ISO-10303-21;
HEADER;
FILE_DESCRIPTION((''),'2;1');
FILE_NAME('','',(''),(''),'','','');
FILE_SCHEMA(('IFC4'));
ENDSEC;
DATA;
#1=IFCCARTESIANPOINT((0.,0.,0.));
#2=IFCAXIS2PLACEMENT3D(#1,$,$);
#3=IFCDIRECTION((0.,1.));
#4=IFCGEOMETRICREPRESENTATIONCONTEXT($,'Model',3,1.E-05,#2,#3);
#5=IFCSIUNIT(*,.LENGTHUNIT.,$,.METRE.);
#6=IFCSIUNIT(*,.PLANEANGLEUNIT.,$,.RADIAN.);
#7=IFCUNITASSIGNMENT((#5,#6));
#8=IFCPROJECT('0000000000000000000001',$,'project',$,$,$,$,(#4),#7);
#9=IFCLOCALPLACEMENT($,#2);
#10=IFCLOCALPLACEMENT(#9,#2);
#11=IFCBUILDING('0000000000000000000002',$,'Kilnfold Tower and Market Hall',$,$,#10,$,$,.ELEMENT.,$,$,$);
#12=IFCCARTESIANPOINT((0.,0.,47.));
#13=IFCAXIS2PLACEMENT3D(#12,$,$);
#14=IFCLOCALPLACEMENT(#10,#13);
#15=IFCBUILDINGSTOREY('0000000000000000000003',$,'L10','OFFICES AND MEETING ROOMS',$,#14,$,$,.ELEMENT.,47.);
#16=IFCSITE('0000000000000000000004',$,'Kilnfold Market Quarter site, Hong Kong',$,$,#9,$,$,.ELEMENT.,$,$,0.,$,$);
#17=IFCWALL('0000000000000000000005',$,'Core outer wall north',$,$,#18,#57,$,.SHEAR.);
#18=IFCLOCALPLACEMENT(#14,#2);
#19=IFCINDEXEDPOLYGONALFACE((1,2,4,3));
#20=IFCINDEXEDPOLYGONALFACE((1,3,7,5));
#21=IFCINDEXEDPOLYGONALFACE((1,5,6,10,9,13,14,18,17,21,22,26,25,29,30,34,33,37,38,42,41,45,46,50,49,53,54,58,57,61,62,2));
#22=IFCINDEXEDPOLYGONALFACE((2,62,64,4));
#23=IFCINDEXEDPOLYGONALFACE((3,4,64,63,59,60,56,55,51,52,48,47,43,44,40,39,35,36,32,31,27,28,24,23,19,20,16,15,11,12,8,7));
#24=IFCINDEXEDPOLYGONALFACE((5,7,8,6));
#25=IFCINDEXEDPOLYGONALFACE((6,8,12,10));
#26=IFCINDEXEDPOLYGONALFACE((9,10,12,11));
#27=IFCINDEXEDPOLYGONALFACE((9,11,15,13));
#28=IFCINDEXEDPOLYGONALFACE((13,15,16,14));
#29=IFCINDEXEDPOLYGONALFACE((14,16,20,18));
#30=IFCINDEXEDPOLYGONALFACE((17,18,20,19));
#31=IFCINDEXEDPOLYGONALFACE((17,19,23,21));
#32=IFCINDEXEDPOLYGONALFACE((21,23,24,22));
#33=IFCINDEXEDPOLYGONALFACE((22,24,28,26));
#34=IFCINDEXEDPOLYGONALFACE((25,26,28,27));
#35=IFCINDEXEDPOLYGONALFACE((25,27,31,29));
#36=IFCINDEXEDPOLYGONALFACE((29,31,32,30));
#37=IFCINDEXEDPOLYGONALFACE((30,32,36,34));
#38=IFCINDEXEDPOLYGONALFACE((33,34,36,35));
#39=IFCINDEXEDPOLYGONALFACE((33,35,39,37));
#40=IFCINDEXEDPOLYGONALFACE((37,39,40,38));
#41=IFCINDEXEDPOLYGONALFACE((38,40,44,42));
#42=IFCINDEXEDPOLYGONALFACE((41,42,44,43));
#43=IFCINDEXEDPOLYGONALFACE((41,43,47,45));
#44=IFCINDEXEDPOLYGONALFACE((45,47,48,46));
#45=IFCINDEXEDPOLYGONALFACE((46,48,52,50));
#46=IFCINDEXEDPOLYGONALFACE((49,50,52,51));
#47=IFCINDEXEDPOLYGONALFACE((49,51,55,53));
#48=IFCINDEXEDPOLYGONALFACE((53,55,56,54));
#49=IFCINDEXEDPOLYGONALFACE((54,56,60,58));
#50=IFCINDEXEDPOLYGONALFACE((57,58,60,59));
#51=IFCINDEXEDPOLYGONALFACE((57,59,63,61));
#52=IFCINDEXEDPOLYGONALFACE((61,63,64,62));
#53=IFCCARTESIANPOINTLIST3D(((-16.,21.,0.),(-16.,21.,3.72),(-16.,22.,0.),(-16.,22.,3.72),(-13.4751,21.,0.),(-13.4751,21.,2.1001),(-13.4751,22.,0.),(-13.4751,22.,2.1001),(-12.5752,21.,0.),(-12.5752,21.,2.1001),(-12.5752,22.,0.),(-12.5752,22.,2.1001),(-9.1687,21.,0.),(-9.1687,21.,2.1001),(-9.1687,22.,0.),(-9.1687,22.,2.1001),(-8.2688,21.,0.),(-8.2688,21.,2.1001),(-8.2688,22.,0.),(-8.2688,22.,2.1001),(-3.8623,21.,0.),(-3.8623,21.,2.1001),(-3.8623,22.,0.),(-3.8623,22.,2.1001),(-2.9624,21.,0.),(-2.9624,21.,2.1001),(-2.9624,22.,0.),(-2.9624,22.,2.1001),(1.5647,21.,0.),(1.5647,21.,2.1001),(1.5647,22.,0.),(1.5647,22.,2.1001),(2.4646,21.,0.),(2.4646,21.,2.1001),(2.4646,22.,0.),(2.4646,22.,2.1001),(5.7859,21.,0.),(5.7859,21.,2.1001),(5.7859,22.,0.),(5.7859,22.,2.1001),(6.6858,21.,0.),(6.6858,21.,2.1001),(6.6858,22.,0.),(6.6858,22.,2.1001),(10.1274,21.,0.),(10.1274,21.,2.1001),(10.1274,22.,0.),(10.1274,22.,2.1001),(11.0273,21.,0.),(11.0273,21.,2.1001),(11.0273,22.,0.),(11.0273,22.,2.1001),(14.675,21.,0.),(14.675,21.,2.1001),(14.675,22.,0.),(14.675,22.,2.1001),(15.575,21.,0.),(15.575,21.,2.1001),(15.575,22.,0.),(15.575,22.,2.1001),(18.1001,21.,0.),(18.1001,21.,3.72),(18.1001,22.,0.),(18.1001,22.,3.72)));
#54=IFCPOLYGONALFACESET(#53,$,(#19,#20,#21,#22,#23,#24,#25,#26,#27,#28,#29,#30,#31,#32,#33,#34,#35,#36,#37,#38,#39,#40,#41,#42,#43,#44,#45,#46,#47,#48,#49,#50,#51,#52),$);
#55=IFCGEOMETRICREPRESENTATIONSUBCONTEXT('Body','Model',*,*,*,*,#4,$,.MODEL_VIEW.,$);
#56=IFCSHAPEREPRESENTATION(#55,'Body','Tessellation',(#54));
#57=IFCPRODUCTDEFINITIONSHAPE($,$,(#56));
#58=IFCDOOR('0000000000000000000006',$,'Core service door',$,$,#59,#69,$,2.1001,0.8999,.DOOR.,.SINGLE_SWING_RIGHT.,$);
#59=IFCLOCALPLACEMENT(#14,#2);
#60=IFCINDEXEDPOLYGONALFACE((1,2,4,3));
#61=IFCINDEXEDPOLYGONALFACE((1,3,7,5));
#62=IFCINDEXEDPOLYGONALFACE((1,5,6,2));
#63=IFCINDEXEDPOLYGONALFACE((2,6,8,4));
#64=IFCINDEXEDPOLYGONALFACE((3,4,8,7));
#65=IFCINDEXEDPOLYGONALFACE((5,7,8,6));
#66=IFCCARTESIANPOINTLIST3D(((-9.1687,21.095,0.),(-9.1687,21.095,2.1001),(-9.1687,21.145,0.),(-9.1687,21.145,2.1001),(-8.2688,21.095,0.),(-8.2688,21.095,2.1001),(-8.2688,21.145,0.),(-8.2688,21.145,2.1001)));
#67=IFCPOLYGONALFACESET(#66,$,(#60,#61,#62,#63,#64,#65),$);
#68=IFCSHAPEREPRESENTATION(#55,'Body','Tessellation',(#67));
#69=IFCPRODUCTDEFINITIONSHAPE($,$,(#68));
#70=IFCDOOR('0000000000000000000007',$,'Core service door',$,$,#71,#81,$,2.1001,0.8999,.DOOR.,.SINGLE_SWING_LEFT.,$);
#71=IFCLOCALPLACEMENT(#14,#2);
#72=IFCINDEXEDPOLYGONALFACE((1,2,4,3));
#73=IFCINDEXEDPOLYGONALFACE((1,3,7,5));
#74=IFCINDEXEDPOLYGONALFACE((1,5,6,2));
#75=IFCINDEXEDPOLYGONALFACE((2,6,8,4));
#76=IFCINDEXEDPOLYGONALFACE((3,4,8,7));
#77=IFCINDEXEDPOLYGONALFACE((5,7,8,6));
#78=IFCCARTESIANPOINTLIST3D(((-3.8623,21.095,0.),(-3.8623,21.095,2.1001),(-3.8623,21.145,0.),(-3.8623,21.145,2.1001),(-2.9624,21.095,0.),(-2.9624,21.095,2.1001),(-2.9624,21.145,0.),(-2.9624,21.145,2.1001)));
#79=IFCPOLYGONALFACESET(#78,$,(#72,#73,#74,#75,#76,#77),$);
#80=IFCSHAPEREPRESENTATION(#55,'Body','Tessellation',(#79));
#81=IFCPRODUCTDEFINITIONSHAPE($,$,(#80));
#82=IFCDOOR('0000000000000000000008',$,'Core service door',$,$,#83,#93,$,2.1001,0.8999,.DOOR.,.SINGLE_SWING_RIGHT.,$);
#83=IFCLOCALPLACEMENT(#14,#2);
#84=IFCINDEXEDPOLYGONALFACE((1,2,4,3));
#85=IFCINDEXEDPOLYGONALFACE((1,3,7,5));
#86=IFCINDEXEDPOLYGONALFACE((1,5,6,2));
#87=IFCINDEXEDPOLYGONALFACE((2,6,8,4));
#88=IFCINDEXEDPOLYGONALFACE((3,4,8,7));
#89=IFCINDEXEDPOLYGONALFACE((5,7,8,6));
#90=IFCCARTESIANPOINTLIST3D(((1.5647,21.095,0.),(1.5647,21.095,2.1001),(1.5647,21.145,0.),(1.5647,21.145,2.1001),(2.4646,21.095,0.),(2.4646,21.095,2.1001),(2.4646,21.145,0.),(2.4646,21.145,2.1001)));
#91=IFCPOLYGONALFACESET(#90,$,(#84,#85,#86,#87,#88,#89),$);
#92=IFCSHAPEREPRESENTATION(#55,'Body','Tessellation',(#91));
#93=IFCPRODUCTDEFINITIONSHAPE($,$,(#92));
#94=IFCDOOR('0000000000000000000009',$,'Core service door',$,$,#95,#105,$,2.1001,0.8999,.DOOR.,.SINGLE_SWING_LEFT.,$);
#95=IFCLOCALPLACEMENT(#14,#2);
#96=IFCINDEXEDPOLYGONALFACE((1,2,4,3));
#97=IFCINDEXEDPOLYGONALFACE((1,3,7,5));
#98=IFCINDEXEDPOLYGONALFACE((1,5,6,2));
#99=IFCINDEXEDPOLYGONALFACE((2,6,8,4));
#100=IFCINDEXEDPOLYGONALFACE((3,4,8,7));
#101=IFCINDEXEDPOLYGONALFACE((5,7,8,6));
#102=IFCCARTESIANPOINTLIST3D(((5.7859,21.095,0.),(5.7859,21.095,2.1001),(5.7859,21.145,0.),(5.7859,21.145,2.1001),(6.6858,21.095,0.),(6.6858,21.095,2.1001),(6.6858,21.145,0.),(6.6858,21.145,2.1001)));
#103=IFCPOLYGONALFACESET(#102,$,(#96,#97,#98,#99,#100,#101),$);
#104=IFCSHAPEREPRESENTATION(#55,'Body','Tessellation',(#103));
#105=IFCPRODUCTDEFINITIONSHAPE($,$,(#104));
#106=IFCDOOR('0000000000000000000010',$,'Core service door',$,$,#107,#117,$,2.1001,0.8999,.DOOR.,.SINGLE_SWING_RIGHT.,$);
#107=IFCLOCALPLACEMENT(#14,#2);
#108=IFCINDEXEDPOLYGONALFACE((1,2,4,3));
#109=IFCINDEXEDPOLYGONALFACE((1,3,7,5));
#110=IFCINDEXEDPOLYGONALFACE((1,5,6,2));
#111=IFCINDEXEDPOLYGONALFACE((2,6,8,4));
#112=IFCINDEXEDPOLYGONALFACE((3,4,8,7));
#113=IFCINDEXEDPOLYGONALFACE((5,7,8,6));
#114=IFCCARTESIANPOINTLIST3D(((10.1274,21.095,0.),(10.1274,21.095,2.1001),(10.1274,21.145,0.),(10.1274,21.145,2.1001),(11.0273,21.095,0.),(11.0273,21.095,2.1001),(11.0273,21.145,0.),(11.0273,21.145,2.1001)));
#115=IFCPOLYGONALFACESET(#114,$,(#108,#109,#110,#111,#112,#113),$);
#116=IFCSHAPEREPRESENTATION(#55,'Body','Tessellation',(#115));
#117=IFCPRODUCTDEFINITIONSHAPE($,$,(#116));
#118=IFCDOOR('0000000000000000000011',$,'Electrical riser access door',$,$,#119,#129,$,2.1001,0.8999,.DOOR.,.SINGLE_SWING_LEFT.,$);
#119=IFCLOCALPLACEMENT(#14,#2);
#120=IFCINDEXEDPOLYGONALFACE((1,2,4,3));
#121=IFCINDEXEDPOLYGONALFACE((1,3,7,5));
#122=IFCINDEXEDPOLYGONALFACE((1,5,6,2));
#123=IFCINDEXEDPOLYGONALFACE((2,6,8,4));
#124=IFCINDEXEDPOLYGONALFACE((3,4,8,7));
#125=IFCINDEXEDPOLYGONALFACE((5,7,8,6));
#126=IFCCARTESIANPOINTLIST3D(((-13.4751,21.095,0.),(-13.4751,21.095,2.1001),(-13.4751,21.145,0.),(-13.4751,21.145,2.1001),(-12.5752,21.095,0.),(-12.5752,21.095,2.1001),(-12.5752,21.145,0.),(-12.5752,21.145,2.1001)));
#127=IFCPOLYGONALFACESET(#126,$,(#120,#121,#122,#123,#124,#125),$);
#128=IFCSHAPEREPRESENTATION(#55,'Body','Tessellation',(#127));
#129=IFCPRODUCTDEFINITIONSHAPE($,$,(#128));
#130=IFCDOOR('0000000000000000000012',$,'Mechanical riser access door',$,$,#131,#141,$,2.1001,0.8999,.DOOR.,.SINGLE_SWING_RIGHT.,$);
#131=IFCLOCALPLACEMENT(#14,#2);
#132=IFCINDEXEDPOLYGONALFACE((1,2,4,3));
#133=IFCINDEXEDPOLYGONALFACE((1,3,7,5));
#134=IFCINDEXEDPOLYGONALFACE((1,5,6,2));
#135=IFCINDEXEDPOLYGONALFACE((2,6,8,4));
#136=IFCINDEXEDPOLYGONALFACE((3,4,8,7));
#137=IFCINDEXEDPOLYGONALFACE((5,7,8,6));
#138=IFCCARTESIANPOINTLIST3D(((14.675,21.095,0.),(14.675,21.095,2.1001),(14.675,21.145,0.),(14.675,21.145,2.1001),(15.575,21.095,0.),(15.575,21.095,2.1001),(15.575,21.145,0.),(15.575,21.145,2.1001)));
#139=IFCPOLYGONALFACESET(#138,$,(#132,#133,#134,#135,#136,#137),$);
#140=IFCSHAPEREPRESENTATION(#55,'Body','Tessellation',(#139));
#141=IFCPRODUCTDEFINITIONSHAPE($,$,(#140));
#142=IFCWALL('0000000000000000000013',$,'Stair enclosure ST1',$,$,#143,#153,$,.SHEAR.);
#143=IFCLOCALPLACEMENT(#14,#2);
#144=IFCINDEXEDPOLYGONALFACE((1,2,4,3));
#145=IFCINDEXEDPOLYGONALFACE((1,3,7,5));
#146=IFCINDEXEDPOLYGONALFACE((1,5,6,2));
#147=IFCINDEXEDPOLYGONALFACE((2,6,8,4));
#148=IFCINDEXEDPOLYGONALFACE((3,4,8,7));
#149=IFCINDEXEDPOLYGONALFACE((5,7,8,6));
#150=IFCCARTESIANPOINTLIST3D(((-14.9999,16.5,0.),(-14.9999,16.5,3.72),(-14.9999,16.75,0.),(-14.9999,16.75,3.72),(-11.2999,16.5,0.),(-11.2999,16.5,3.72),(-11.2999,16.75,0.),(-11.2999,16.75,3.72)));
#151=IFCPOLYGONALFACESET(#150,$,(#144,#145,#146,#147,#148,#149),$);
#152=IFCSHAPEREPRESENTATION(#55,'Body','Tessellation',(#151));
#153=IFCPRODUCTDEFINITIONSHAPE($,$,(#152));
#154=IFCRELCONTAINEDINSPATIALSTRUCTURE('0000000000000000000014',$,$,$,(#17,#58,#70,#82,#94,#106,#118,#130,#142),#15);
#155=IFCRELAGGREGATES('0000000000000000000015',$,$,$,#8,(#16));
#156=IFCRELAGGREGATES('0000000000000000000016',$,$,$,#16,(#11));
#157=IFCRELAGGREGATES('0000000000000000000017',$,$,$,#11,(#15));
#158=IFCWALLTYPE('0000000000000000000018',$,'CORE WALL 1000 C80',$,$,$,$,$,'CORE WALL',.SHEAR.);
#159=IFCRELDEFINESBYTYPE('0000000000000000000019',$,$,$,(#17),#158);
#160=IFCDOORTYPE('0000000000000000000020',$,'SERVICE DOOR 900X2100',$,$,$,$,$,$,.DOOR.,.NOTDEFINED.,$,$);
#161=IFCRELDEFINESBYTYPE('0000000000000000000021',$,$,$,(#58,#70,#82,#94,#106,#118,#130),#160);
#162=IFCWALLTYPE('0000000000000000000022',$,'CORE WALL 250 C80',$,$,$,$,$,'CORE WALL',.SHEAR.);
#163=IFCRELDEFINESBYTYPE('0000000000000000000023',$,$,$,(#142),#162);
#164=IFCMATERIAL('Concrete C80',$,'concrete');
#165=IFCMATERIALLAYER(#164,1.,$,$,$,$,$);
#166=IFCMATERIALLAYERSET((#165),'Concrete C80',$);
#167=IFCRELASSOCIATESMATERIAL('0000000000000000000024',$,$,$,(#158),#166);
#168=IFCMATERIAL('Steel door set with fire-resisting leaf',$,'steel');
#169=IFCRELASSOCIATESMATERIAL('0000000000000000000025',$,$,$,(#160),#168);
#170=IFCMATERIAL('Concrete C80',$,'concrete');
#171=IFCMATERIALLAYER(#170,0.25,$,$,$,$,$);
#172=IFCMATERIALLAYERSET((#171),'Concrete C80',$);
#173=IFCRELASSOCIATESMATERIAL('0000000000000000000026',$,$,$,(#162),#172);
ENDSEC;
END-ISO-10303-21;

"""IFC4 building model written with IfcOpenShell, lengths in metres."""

from ifc_helpers import new_model, si_unit, direction, frame, frame_2d, origin, place, context, subcontext, project, spatial, rectangle, extrude, source, transform, mapped, material, layer, layer_set, type_object, element, fill, save


model = new_model("IFC4")

# Units and contexts
model_context = context("Model", 3, precision=1e-05, world=origin(), true_north=direction((0.0, 1.0)))
body_context = subcontext(model_context, "Body", "Model", "MODEL_VIEW")
ifc_project = project(units=[si_unit("LENGTHUNIT", "METRE"), si_unit("PLANEANGLEUNIT", "RADIAN")], contexts=[model_context])

# Site, building, storey
site_placement = place(None, origin())
site = spatial("IfcSite", under=ifc_project, at=site_placement, Name="Kilnfold Market Quarter site, Hong Kong", CompositionType="ELEMENT", RefElevation=0.0)
building_placement = place(site_placement, origin())
building = spatial("IfcBuilding", under=site, at=building_placement, Name="Kilnfold Tower and Market Hall", CompositionType="ELEMENT")
storey_placement = place(building_placement, frame((0.0, 0.0, 47.0)))
storey = spatial("IfcBuildingStorey", under=building, at=storey_placement, Name="L10", Description="OFFICES AND MEETING ROOMS", CompositionType="ELEMENT", Elevation=47.0)

# Wall, openings, doors
ifc_material_1 = material(Name="Concrete C80", Category="concrete")
ifc_layer_1 = layer(ifc_material_1, 1.0)
ifc_layer_set_1 = layer_set([ifc_layer_1], Name="Concrete C80")
wall_type_1 = type_object("IfcWallType", Name="CORE WALL 1000 C80", ElementType="CORE WALL", PredefinedType="SHEAR", material=ifc_layer_set_1)
shared_shape_1 = source(origin(), body_context, "Body", "SweptSolid", [
    extrude(rectangle(XDim=34.1001, YDim=1.0, at=frame_2d((17.05, 0.0))), origin(), (0.0, 0.0, 1.0), 3.72),
])
wall_1_placement = place(storey_placement, frame((-16.0, 21.5, 0.0), z_axis=(0.0, 0.0, 1.0), x_axis=(1.0, 0.0, 0.0)))
wall_1 = element("IfcWall", 1, at=wall_1_placement, inside=storey, type_object=wall_type_1, Name="Core outer wall north", PredefinedType="SHEAR", context=body_context, shape_type="MappedRepresentation", body=[
    mapped(shared_shape_1, transform((0.0, 0.0, 0.0))),
])
opening_1_placement = place(wall_1_placement, frame((6.8313, 0.0, 0.0)))
opening_1 = element("IfcOpeningElement", 2, at=opening_1_placement, cuts=wall_1, PredefinedType="OPENING", context=body_context, shape_type="SweptSolid", body=[
    extrude(rectangle(XDim=0.8999, YDim=2.1001, at=frame_2d((0.45, 1.05))), frame((0.0, 0.51, 0.0), z_axis=(0.0, -1.0, 0.0), x_axis=(1.0, 0.0, 0.0)), (0.0, 0.0, 1.0), 1.02),
])
opening_2_placement = place(wall_1_placement, frame((12.1377, 0.0, 0.0)))
opening_2 = element("IfcOpeningElement", 3, at=opening_2_placement, cuts=wall_1, PredefinedType="OPENING", context=body_context, shape_type="SweptSolid", body=[
    extrude(rectangle(XDim=0.8999, YDim=2.1001, at=frame_2d((0.45, 1.05))), frame((0.0, 0.51, 0.0), z_axis=(0.0, -1.0, 0.0), x_axis=(1.0, 0.0, 0.0)), (0.0, 0.0, 1.0), 1.02),
])
opening_3_placement = place(wall_1_placement, frame((17.5647, 0.0, 0.0)))
opening_3 = element("IfcOpeningElement", 4, at=opening_3_placement, cuts=wall_1, PredefinedType="OPENING", context=body_context, shape_type="SweptSolid", body=[
    extrude(rectangle(XDim=0.8999, YDim=2.1001, at=frame_2d((0.45, 1.05))), frame((0.0, 0.51, 0.0), z_axis=(0.0, -1.0, 0.0), x_axis=(1.0, 0.0, 0.0)), (0.0, 0.0, 1.0), 1.02),
])
opening_4_placement = place(wall_1_placement, frame((21.7859, 0.0, 0.0)))
opening_4 = element("IfcOpeningElement", 5, at=opening_4_placement, cuts=wall_1, PredefinedType="OPENING", context=body_context, shape_type="SweptSolid", body=[
    extrude(rectangle(XDim=0.8999, YDim=2.1001, at=frame_2d((0.45, 1.05))), frame((0.0, 0.51, 0.0), z_axis=(0.0, -1.0, 0.0), x_axis=(1.0, 0.0, 0.0)), (0.0, 0.0, 1.0), 1.02),
])
opening_5_placement = place(wall_1_placement, frame((26.1274, 0.0, 0.0)))
opening_5 = element("IfcOpeningElement", 6, at=opening_5_placement, cuts=wall_1, PredefinedType="OPENING", context=body_context, shape_type="SweptSolid", body=[
    extrude(rectangle(XDim=0.8999, YDim=2.1001, at=frame_2d((0.45, 1.05))), frame((0.0, 0.51, 0.0), z_axis=(0.0, -1.0, 0.0), x_axis=(1.0, 0.0, 0.0)), (0.0, 0.0, 1.0), 1.02),
])
opening_6_placement = place(wall_1_placement, frame((2.5249, 0.0, 0.0)))
opening_6 = element("IfcOpeningElement", 7, at=opening_6_placement, cuts=wall_1, PredefinedType="OPENING", context=body_context, shape_type="SweptSolid", body=[
    extrude(rectangle(XDim=0.8999, YDim=2.1001, at=frame_2d((0.45, 1.05))), frame((0.0, 0.51, 0.0), z_axis=(0.0, -1.0, 0.0), x_axis=(1.0, 0.0, 0.0)), (0.0, 0.0, 1.0), 1.02),
])
opening_7_placement = place(wall_1_placement, frame((30.675, 0.0, 0.0)))
opening_7 = element("IfcOpeningElement", 8, at=opening_7_placement, cuts=wall_1, PredefinedType="OPENING", context=body_context, shape_type="SweptSolid", body=[
    extrude(rectangle(XDim=0.8999, YDim=2.1001, at=frame_2d((0.45, 1.05))), frame((0.0, 0.51, 0.0), z_axis=(0.0, -1.0, 0.0), x_axis=(1.0, 0.0, 0.0)), (0.0, 0.0, 1.0), 1.02),
])
ifc_material_2 = material(Name="Steel door set with fire-resisting leaf", Category="steel")
door_type = type_object("IfcDoorType", Name="SERVICE DOOR 900X2100", OperationType="NOTDEFINED", PredefinedType="DOOR", material=ifc_material_2)
door_1_placement = place(opening_1_placement, origin())
door_1 = element("IfcDoor", 9, at=door_1_placement, inside=storey, type_object=door_type, Name="Core service door", OperationType="SINGLE_SWING_RIGHT", OverallHeight=2.1001, OverallWidth=0.8999, PredefinedType="DOOR", context=body_context, shape_type="SweptSolid", body=[
    extrude(rectangle(XDim=0.8999, YDim=2.1001, at=frame_2d((0.45, 1.05))), frame((0.0, -0.355, 0.0), z_axis=(0.0, -1.0, 0.0), x_axis=(1.0, 0.0, 0.0)), (0.0, 0.0, 1.0), 0.05),
])
fill(opening_1, door_1)
door_2_placement = place(opening_2_placement, origin())
door_2 = element("IfcDoor", 10, at=door_2_placement, inside=storey, type_object=door_type, Name="Core service door", OperationType="SINGLE_SWING_LEFT", OverallHeight=2.1001, OverallWidth=0.8999, PredefinedType="DOOR", context=body_context, shape_type="SweptSolid", body=[
    extrude(rectangle(XDim=0.8999, YDim=2.1001, at=frame_2d((0.45, 1.05))), frame((0.0, -0.355, 0.0), z_axis=(0.0, -1.0, 0.0), x_axis=(1.0, 0.0, 0.0)), (0.0, 0.0, 1.0), 0.05),
])
fill(opening_2, door_2)
door_3_placement = place(opening_3_placement, origin())
door_3 = element("IfcDoor", 11, at=door_3_placement, inside=storey, type_object=door_type, Name="Core service door", OperationType="SINGLE_SWING_RIGHT", OverallHeight=2.1001, OverallWidth=0.8999, PredefinedType="DOOR", context=body_context, shape_type="SweptSolid", body=[
    extrude(rectangle(XDim=0.8999, YDim=2.1001, at=frame_2d((0.45, 1.05))), frame((0.0, -0.355, 0.0), z_axis=(0.0, -1.0, 0.0), x_axis=(1.0, 0.0, 0.0)), (0.0, 0.0, 1.0), 0.05),
])
fill(opening_3, door_3)
door_4_placement = place(opening_4_placement, origin())
door_4 = element("IfcDoor", 12, at=door_4_placement, inside=storey, type_object=door_type, Name="Core service door", OperationType="SINGLE_SWING_LEFT", OverallHeight=2.1001, OverallWidth=0.8999, PredefinedType="DOOR", context=body_context, shape_type="SweptSolid", body=[
    extrude(rectangle(XDim=0.8999, YDim=2.1001, at=frame_2d((0.45, 1.05))), frame((0.0, -0.355, 0.0), z_axis=(0.0, -1.0, 0.0), x_axis=(1.0, 0.0, 0.0)), (0.0, 0.0, 1.0), 0.05),
])
fill(opening_4, door_4)
door_5_placement = place(opening_5_placement, origin())
door_5 = element("IfcDoor", 13, at=door_5_placement, inside=storey, type_object=door_type, Name="Core service door", OperationType="SINGLE_SWING_RIGHT", OverallHeight=2.1001, OverallWidth=0.8999, PredefinedType="DOOR", context=body_context, shape_type="SweptSolid", body=[
    extrude(rectangle(XDim=0.8999, YDim=2.1001, at=frame_2d((0.45, 1.05))), frame((0.0, -0.355, 0.0), z_axis=(0.0, -1.0, 0.0), x_axis=(1.0, 0.0, 0.0)), (0.0, 0.0, 1.0), 0.05),
])
fill(opening_5, door_5)
door_6_placement = place(opening_6_placement, origin())
door_6 = element("IfcDoor", 14, at=door_6_placement, inside=storey, type_object=door_type, Name="Electrical riser access door", OperationType="SINGLE_SWING_LEFT", OverallHeight=2.1001, OverallWidth=0.8999, PredefinedType="DOOR", context=body_context, shape_type="SweptSolid", body=[
    extrude(rectangle(XDim=0.8999, YDim=2.1001, at=frame_2d((0.45, 1.05))), frame((0.0, -0.355, 0.0), z_axis=(0.0, -1.0, 0.0), x_axis=(1.0, 0.0, 0.0)), (0.0, 0.0, 1.0), 0.05),
])
fill(opening_6, door_6)
door_7_placement = place(opening_7_placement, origin())
door_7 = element("IfcDoor", 15, at=door_7_placement, inside=storey, type_object=door_type, Name="Mechanical riser access door", OperationType="SINGLE_SWING_RIGHT", OverallHeight=2.1001, OverallWidth=0.8999, PredefinedType="DOOR", context=body_context, shape_type="SweptSolid", body=[
    extrude(rectangle(XDim=0.8999, YDim=2.1001, at=frame_2d((0.45, 1.05))), frame((0.0, -0.355, 0.0), z_axis=(0.0, -1.0, 0.0), x_axis=(1.0, 0.0, 0.0)), (0.0, 0.0, 1.0), 0.05),
])
fill(opening_7, door_7)

# Wall
ifc_material_3 = material(Name="Concrete C80", Category="concrete")
ifc_layer_2 = layer(ifc_material_3, 0.25)
ifc_layer_set_2 = layer_set([ifc_layer_2], Name="Concrete C80")
wall_type_2 = type_object("IfcWallType", Name="CORE WALL 250 C80", ElementType="CORE WALL", PredefinedType="SHEAR", material=ifc_layer_set_2)
shared_shape_2 = source(origin(), body_context, "Body", "SweptSolid", [
    extrude(rectangle(XDim=3.7, YDim=0.25, at=frame_2d((1.8501, 0.0))), origin(), (0.0, 0.0, 1.0), 3.72),
])
wall_2_placement = place(storey_placement, frame((-15.0, 16.625, 0.0), z_axis=(0.0, 0.0, 1.0), x_axis=(1.0, 0.0, 0.0)))
element("IfcWall", 16, at=wall_2_placement, inside=storey, type_object=wall_type_2, Name="Stair enclosure ST1", PredefinedType="SHEAR", context=body_context, shape_type="MappedRepresentation", body=[
    mapped(shared_shape_2, transform((0.0, 0.0, 0.0))),
])

save(model, "model.ifc")
